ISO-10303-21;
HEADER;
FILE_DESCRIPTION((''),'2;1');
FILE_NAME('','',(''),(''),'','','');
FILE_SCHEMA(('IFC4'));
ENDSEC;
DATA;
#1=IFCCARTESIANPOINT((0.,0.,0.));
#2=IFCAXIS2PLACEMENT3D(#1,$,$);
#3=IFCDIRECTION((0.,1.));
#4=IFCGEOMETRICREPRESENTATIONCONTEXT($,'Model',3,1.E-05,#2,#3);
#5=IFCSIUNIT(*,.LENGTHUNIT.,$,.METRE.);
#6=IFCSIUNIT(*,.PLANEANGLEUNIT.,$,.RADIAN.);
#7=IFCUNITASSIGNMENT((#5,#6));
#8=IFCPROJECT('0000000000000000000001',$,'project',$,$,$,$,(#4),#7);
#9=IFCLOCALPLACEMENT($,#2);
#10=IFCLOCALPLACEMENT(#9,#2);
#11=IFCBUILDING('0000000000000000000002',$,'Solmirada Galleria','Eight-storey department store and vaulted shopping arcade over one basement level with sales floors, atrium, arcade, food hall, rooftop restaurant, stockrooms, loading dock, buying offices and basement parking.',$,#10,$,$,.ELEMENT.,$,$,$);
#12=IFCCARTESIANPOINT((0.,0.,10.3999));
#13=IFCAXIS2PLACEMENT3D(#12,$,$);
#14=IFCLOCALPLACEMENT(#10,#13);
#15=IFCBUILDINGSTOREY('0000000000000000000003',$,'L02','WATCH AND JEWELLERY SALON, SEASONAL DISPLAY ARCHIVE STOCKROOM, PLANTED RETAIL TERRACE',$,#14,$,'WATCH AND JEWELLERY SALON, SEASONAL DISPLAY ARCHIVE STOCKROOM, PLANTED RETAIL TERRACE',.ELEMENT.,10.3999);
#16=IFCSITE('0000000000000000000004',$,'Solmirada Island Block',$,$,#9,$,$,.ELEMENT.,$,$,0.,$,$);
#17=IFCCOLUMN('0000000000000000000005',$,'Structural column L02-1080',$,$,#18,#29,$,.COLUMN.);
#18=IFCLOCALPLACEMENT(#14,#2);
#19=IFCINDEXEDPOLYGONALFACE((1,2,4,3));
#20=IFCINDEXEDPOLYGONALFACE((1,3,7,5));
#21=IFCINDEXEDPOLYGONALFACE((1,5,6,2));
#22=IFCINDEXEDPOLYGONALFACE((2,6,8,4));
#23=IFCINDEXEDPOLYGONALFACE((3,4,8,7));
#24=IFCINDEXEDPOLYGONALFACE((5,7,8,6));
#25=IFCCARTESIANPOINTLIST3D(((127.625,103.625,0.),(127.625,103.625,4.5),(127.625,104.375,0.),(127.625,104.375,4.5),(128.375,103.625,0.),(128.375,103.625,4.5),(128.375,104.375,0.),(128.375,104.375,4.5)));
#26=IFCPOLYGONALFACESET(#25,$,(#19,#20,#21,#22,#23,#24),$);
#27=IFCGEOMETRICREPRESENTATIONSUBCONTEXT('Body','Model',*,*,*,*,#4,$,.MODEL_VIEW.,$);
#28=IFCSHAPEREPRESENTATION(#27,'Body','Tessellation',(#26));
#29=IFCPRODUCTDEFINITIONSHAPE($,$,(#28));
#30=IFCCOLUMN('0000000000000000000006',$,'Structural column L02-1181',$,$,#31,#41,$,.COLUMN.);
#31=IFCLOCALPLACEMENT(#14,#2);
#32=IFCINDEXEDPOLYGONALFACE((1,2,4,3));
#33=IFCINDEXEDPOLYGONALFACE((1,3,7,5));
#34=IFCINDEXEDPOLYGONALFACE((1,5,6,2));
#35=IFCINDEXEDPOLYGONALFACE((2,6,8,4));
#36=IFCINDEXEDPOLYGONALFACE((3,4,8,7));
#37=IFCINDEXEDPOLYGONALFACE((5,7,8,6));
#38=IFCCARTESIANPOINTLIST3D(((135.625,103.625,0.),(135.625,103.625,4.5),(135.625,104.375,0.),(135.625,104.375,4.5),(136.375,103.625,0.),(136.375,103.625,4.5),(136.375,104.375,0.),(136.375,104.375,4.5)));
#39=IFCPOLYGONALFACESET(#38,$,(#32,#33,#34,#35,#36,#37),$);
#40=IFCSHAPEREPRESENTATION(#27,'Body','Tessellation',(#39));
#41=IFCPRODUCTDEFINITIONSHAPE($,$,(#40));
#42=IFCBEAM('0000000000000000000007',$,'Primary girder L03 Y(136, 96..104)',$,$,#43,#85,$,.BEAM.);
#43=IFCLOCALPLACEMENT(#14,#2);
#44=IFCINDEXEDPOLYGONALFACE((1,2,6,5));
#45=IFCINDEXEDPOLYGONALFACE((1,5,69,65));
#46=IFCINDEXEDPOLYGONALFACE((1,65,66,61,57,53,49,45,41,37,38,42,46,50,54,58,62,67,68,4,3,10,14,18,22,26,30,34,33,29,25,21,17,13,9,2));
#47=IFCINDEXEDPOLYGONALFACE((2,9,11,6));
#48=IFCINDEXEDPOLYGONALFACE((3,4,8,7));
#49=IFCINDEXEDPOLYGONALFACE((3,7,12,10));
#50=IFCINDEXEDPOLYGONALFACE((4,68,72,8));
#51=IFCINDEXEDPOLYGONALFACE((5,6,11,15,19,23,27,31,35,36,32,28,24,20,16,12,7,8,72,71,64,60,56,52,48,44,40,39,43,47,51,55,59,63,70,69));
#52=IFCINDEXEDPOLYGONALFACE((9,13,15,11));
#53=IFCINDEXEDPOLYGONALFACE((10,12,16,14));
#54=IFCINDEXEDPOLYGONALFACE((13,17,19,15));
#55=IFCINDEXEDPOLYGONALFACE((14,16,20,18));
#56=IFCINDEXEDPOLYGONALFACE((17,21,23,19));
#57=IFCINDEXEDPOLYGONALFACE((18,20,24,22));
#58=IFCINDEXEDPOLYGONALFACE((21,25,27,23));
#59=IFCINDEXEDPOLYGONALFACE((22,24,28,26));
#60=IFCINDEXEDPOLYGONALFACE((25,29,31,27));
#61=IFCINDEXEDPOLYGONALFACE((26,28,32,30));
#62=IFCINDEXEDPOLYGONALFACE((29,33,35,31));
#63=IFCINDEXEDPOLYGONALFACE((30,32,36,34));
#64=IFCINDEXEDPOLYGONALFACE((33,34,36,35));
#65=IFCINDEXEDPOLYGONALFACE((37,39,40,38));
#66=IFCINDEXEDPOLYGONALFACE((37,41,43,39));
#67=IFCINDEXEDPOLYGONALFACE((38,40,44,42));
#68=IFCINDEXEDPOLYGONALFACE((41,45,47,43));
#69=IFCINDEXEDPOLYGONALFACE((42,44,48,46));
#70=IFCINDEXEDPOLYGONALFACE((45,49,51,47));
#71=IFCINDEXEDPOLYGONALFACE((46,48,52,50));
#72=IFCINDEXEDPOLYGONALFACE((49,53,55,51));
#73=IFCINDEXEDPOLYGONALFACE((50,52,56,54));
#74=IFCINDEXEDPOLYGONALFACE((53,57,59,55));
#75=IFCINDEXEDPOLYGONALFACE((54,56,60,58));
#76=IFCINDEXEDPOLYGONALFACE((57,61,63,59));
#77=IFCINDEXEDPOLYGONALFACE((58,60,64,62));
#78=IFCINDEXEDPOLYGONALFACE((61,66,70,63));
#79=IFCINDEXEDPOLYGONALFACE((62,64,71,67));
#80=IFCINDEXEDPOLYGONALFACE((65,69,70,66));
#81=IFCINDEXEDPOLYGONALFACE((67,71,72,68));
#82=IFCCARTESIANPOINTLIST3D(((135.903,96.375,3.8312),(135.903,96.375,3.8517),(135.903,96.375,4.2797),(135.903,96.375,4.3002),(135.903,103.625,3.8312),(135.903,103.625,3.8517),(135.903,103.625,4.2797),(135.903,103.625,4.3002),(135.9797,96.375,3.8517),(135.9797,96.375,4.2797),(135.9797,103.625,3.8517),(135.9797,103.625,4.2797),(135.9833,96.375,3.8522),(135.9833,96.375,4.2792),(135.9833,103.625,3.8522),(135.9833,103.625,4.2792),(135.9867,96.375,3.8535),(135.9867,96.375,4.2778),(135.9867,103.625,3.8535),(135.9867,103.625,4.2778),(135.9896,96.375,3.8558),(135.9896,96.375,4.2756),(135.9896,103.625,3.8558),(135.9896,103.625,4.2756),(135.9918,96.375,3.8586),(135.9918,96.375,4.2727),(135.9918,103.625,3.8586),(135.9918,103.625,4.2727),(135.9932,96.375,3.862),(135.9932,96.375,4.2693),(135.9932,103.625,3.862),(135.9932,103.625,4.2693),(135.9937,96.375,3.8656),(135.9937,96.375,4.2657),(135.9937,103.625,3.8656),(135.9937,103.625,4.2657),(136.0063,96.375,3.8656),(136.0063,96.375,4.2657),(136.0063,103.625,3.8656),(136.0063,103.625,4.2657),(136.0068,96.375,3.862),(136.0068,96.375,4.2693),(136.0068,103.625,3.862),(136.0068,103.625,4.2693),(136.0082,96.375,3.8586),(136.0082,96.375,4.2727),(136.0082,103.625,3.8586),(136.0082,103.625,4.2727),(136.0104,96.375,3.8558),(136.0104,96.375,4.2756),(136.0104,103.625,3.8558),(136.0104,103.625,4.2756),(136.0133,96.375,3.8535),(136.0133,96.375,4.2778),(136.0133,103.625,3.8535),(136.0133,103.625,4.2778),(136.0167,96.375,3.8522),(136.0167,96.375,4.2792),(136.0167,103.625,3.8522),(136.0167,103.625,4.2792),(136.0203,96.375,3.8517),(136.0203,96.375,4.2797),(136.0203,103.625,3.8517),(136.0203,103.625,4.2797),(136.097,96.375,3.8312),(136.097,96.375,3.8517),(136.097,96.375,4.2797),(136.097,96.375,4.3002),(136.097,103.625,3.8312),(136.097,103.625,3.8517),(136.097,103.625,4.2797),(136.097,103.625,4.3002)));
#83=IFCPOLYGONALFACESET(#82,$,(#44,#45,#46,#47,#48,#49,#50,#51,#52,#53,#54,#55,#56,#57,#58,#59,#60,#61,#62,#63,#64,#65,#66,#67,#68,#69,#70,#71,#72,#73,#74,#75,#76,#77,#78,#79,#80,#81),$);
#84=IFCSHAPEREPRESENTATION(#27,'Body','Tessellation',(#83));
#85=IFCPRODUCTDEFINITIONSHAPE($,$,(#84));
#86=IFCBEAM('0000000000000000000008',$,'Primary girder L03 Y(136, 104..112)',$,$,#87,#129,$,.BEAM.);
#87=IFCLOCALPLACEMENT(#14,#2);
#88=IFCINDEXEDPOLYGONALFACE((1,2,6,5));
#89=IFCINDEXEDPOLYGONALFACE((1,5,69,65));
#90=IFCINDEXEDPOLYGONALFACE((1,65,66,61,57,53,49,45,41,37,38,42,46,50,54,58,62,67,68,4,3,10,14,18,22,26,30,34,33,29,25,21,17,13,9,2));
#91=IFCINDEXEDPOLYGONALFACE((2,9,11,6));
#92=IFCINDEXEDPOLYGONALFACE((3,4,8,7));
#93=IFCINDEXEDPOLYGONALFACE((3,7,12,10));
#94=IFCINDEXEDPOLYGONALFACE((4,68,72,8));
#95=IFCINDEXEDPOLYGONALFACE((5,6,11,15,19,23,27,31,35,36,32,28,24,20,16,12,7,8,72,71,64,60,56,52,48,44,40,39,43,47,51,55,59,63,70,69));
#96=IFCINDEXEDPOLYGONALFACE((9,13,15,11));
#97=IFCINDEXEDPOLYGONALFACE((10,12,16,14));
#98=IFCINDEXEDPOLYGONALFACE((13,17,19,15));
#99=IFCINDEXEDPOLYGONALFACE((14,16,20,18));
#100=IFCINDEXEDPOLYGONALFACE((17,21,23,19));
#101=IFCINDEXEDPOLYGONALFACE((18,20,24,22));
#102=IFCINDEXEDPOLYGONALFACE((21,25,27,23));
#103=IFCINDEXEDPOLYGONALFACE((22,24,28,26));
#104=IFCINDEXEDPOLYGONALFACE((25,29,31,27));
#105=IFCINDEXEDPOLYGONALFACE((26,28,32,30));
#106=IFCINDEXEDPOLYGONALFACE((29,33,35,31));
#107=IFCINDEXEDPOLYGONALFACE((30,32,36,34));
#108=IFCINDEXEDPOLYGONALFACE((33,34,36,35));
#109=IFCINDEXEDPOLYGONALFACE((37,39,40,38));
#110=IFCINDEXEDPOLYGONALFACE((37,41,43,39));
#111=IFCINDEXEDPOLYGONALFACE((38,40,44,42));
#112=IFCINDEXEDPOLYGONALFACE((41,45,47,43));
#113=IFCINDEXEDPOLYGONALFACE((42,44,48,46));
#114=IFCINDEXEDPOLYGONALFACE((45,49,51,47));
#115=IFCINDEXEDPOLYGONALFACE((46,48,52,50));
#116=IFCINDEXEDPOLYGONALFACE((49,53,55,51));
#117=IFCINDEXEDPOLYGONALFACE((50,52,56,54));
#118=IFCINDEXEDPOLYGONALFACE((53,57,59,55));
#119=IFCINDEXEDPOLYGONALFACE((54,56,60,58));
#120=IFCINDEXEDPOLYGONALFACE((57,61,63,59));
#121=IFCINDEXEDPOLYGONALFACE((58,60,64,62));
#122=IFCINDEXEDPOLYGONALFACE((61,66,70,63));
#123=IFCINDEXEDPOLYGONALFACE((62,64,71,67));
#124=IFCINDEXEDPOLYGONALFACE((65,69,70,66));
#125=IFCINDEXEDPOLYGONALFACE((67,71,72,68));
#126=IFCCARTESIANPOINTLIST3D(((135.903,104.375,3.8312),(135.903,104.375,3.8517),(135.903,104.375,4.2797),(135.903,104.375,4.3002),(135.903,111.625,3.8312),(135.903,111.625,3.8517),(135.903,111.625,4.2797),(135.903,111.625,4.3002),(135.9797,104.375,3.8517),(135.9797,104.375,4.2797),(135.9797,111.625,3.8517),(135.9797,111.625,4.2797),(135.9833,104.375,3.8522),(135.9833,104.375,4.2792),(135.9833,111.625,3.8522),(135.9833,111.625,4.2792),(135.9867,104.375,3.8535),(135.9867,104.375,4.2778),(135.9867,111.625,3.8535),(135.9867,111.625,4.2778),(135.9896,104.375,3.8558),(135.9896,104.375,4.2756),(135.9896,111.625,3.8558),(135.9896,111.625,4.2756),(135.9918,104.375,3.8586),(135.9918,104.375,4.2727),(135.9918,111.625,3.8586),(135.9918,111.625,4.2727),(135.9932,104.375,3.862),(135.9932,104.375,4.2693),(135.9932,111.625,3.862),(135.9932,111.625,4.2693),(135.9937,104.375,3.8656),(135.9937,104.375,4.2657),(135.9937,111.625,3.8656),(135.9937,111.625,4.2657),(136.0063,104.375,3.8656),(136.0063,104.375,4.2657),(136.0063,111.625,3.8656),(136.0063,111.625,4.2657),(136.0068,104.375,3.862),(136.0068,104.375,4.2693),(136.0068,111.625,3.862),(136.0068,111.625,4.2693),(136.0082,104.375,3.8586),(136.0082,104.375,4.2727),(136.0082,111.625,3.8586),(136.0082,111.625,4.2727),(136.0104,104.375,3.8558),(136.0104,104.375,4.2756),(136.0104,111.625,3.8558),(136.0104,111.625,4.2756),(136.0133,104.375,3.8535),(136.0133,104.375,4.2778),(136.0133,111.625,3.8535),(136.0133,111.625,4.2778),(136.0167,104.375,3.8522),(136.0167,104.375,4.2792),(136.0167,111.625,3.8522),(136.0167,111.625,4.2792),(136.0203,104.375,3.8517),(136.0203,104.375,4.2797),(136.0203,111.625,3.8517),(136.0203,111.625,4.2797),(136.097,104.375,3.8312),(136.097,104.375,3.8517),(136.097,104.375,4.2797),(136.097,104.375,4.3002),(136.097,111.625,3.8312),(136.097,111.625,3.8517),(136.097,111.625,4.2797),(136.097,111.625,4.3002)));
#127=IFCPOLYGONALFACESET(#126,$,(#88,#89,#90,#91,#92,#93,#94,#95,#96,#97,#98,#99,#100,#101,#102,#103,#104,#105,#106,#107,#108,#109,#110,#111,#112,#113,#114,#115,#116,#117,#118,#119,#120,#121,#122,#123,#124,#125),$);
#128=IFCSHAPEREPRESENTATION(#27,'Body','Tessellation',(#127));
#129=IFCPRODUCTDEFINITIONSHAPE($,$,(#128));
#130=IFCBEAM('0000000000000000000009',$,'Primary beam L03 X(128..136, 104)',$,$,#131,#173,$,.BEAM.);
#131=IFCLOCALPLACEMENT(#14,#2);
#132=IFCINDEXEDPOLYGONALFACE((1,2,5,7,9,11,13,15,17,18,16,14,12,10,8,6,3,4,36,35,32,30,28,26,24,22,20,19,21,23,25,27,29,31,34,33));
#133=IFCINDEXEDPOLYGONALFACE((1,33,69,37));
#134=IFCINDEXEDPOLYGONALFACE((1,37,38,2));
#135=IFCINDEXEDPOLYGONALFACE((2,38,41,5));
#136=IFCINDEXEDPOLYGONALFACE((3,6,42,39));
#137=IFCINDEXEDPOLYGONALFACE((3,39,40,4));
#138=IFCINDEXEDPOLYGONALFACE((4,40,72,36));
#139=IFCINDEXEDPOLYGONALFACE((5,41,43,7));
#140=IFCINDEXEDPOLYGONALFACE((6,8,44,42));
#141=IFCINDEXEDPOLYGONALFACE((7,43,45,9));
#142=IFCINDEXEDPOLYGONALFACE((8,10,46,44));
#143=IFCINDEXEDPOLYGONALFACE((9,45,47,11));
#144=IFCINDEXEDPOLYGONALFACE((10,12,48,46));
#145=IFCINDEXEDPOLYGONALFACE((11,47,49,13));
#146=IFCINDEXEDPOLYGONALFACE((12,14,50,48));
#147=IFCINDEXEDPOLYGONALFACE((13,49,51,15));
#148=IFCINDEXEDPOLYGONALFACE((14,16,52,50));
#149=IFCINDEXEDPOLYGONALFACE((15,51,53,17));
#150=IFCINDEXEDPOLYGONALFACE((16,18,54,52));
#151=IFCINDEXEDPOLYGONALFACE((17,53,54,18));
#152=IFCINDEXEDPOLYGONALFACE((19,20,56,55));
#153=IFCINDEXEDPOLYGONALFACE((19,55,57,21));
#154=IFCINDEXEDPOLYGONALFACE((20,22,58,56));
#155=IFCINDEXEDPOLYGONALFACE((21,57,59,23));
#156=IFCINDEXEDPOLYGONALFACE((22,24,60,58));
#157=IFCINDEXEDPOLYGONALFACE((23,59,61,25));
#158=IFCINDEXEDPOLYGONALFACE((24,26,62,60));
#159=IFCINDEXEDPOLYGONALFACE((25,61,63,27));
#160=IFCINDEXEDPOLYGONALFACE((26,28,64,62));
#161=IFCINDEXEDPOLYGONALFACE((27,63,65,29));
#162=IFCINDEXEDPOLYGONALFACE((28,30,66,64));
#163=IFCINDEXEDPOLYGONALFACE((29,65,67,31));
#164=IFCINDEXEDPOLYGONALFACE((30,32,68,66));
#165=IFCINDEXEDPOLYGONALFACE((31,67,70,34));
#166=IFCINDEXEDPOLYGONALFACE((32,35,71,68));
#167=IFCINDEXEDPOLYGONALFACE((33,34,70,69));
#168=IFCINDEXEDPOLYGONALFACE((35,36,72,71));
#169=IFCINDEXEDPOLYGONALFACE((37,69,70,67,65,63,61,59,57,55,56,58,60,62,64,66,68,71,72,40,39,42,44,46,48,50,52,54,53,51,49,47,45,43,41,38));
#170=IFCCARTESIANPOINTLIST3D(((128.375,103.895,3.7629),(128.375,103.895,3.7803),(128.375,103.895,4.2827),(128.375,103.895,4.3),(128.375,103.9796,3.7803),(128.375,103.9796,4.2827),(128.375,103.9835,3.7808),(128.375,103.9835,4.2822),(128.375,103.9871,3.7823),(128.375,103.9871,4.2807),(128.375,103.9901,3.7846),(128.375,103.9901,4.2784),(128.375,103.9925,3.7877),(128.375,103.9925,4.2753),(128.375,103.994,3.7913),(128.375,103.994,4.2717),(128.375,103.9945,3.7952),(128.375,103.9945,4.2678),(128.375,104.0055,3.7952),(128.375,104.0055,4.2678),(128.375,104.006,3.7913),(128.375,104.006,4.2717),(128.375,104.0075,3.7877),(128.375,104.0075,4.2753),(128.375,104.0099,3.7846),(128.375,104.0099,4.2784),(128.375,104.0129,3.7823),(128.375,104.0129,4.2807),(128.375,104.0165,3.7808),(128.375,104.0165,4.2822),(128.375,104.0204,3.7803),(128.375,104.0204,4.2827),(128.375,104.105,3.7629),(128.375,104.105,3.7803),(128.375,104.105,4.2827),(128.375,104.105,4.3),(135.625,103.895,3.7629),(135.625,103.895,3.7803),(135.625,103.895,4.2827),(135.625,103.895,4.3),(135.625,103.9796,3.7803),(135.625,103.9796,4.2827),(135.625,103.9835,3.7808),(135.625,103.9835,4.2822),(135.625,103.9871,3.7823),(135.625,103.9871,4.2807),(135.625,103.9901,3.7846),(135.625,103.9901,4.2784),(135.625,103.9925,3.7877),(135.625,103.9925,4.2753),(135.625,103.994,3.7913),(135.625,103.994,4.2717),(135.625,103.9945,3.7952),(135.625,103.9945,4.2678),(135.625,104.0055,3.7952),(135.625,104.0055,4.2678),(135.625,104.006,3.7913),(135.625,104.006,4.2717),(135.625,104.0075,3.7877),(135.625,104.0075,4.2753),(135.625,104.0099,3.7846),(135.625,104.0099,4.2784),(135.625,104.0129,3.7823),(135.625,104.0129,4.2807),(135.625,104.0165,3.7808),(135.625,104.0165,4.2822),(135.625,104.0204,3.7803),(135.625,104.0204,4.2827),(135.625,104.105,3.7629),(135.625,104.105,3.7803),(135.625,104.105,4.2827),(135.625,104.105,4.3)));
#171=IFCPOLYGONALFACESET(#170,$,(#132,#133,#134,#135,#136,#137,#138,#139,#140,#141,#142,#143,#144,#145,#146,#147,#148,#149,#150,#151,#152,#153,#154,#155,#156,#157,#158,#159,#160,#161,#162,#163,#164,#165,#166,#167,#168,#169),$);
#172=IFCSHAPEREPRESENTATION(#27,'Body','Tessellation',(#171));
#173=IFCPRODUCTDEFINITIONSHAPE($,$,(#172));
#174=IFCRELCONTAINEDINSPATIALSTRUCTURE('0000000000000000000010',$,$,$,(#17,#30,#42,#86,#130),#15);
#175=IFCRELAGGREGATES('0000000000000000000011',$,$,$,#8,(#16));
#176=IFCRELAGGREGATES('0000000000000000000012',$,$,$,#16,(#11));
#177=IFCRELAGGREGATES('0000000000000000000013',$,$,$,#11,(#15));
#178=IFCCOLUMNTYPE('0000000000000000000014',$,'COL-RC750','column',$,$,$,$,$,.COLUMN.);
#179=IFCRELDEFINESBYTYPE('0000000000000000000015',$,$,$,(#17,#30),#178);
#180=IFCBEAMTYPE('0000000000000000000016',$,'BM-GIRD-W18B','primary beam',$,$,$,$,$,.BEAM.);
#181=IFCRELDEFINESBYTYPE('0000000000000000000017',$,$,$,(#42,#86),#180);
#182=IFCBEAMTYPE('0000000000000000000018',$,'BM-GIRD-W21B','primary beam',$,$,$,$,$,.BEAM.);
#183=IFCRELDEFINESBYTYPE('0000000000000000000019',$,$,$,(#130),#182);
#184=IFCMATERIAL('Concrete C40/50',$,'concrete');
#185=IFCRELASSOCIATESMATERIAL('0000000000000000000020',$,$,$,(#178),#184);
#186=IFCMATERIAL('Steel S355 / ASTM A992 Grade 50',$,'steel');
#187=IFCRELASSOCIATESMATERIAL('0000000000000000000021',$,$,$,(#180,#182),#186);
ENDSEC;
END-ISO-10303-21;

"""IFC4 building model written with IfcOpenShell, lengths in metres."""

from ifc_helpers import new_model, si_unit, direction, frame, origin, origin_2d, place, context, subcontext, project, spatial, rectangle, i_section, extrude, material, material_profile, profile_set, type_object, element, save


model = new_model("IFC4")

# Units and contexts
model_context = context("Model", 3, precision=1e-05, world=origin(), true_north=direction((0.0, 1.0)))
body_context = subcontext(model_context, "Body", "Model", "MODEL_VIEW")
ifc_project = project(units=[si_unit("LENGTHUNIT", "METRE"), si_unit("PLANEANGLEUNIT", "RADIAN")], contexts=[model_context])

# Site, building, storey
site_placement = place(None, origin())
site = spatial("IfcSite", under=ifc_project, at=site_placement, Name="Solmirada Island Block", CompositionType="ELEMENT", RefElevation=0.0)
building_placement = place(site_placement, origin())
building = spatial("IfcBuilding", under=site, at=building_placement, Name="Solmirada Galleria", Description="Eight-storey department store and vaulted shopping arcade over one basement level with sales floors, atrium, arcade, food hall, rooftop restaurant, stockrooms, loading dock, buying offices and basement parking.", CompositionType="ELEMENT")
storey_placement = place(building_placement, frame((0.0, 0.0, 10.3999)))
storey = spatial("IfcBuildingStorey", under=building, at=storey_placement, Name="L02", Description="WATCH AND JEWELLERY SALON, SEASONAL DISPLAY ARCHIVE STOCKROOM, PLANTED RETAIL TERRACE", LongName="WATCH AND JEWELLERY SALON, SEASONAL DISPLAY ARCHIVE STOCKROOM, PLANTED RETAIL TERRACE", CompositionType="ELEMENT", Elevation=10.3999)

# Columns
ifc_material_1 = material(Name="Concrete C40/50", Category="concrete")
ifc_material_profile_1 = material_profile(ifc_material_1, rectangle(XDim=0.75, YDim=0.75, at=origin_2d()), Name="RC750X750")
ifc_profile_set_1 = profile_set([ifc_material_profile_1], Name="Concrete C40/50")
column_type = type_object("IfcColumnType", Name="COL-RC750", Description="column", PredefinedType="COLUMN", material=ifc_profile_set_1)
for number, where, z_axis, x_axis, name in (
    (1, (128.0, 104.0, 0.0), (0.0, 0.0, 1.0), (1.0, 0.0, 0.0), "Structural column L02-1080"),
    (2, (136.0, 104.0, 0.0), (0.0, 0.0, 1.0), (1.0, 0.0, 0.0), "Structural column L02-1181"),
):
    element("IfcColumn", number, at=place(storey_placement, frame(where, z_axis=z_axis, x_axis=x_axis)), inside=storey, type_object=column_type, Name=name, PredefinedType="COLUMN", context=body_context, shape_type="SweptSolid", body=[
        extrude(rectangle(XDim=0.75, YDim=0.75, at=origin_2d()), origin(), (0.0, 0.0, 1.0), 4.5),
    ])

# Beams
ifc_material_2 = material(Name="Steel S355 / ASTM A992 Grade 50", Category="steel")
ifc_material_profile_2 = material_profile(ifc_material_2, i_section(OverallWidth=0.1941, OverallDepth=0.469, WebThickness=0.0127, FlangeThickness=0.0205, FilletRadius=0.0139, at=origin_2d()), Name="W18X71")
ifc_profile_set_2 = profile_set([ifc_material_profile_2], Name="Steel S355 / ASTM A992 Grade 50")
beam_type_1 = type_object("IfcBeamType", Name="BM-GIRD-W18B", Description="primary beam", PredefinedType="BEAM", material=ifc_profile_set_2)
for number, where, z_axis, x_axis, name in (
    (3, (136.0, 96.375, 4.0657), (0.0, 1.0, 0.0), (-1.0, 0.0, 0.0), "Primary girder L03 Y(136, 96..104)"),
    (4, (136.0, 104.375, 4.0657), (0.0, 1.0, 0.0), (-1.0, 0.0, 0.0), "Primary girder L03 Y(136, 104..112)"),
):
    element("IfcBeam", number, at=place(storey_placement, frame(where, z_axis=z_axis, x_axis=x_axis)), inside=storey, type_object=beam_type_1, Name=name, PredefinedType="BEAM", context=body_context, shape_type="SweptSolid", body=[
        extrude(i_section(OverallWidth=0.1941, OverallDepth=0.469, WebThickness=0.0127, FlangeThickness=0.0205, FilletRadius=0.0139, at=origin_2d()), origin(), (0.0, 0.0, 1.0), 7.25),
    ])
ifc_material_profile_3 = material_profile(ifc_material_2, i_section(OverallWidth=0.21, OverallDepth=0.5371, WebThickness=0.011, FlangeThickness=0.0173, FilletRadius=0.0149, at=origin_2d()), Name="W21X68")
ifc_profile_set_3 = profile_set([ifc_material_profile_3], Name="Steel S355 / ASTM A992 Grade 50")
beam_type_2 = type_object("IfcBeamType", Name="BM-GIRD-W21B", Description="primary beam", PredefinedType="BEAM", material=ifc_profile_set_3)
for number, where, z_axis, x_axis, name in (
    (5, (128.375, 104.0, 4.0315), (1.0, 0.0, 0.0), (0.0, 1.0, 0.0), "Primary beam L03 X(128..136, 104)"),
):
    element("IfcBeam", number, at=place(storey_placement, frame(where, z_axis=z_axis, x_axis=x_axis)), inside=storey, type_object=beam_type_2, Name=name, PredefinedType="BEAM", context=body_context, shape_type="SweptSolid", body=[
        extrude(i_section(OverallWidth=0.21, OverallDepth=0.5371, WebThickness=0.011, FlangeThickness=0.0173, FilletRadius=0.0149, at=origin_2d()), origin(), (0.0, 0.0, 1.0), 7.25),
    ])

save(model, "model.ifc")
